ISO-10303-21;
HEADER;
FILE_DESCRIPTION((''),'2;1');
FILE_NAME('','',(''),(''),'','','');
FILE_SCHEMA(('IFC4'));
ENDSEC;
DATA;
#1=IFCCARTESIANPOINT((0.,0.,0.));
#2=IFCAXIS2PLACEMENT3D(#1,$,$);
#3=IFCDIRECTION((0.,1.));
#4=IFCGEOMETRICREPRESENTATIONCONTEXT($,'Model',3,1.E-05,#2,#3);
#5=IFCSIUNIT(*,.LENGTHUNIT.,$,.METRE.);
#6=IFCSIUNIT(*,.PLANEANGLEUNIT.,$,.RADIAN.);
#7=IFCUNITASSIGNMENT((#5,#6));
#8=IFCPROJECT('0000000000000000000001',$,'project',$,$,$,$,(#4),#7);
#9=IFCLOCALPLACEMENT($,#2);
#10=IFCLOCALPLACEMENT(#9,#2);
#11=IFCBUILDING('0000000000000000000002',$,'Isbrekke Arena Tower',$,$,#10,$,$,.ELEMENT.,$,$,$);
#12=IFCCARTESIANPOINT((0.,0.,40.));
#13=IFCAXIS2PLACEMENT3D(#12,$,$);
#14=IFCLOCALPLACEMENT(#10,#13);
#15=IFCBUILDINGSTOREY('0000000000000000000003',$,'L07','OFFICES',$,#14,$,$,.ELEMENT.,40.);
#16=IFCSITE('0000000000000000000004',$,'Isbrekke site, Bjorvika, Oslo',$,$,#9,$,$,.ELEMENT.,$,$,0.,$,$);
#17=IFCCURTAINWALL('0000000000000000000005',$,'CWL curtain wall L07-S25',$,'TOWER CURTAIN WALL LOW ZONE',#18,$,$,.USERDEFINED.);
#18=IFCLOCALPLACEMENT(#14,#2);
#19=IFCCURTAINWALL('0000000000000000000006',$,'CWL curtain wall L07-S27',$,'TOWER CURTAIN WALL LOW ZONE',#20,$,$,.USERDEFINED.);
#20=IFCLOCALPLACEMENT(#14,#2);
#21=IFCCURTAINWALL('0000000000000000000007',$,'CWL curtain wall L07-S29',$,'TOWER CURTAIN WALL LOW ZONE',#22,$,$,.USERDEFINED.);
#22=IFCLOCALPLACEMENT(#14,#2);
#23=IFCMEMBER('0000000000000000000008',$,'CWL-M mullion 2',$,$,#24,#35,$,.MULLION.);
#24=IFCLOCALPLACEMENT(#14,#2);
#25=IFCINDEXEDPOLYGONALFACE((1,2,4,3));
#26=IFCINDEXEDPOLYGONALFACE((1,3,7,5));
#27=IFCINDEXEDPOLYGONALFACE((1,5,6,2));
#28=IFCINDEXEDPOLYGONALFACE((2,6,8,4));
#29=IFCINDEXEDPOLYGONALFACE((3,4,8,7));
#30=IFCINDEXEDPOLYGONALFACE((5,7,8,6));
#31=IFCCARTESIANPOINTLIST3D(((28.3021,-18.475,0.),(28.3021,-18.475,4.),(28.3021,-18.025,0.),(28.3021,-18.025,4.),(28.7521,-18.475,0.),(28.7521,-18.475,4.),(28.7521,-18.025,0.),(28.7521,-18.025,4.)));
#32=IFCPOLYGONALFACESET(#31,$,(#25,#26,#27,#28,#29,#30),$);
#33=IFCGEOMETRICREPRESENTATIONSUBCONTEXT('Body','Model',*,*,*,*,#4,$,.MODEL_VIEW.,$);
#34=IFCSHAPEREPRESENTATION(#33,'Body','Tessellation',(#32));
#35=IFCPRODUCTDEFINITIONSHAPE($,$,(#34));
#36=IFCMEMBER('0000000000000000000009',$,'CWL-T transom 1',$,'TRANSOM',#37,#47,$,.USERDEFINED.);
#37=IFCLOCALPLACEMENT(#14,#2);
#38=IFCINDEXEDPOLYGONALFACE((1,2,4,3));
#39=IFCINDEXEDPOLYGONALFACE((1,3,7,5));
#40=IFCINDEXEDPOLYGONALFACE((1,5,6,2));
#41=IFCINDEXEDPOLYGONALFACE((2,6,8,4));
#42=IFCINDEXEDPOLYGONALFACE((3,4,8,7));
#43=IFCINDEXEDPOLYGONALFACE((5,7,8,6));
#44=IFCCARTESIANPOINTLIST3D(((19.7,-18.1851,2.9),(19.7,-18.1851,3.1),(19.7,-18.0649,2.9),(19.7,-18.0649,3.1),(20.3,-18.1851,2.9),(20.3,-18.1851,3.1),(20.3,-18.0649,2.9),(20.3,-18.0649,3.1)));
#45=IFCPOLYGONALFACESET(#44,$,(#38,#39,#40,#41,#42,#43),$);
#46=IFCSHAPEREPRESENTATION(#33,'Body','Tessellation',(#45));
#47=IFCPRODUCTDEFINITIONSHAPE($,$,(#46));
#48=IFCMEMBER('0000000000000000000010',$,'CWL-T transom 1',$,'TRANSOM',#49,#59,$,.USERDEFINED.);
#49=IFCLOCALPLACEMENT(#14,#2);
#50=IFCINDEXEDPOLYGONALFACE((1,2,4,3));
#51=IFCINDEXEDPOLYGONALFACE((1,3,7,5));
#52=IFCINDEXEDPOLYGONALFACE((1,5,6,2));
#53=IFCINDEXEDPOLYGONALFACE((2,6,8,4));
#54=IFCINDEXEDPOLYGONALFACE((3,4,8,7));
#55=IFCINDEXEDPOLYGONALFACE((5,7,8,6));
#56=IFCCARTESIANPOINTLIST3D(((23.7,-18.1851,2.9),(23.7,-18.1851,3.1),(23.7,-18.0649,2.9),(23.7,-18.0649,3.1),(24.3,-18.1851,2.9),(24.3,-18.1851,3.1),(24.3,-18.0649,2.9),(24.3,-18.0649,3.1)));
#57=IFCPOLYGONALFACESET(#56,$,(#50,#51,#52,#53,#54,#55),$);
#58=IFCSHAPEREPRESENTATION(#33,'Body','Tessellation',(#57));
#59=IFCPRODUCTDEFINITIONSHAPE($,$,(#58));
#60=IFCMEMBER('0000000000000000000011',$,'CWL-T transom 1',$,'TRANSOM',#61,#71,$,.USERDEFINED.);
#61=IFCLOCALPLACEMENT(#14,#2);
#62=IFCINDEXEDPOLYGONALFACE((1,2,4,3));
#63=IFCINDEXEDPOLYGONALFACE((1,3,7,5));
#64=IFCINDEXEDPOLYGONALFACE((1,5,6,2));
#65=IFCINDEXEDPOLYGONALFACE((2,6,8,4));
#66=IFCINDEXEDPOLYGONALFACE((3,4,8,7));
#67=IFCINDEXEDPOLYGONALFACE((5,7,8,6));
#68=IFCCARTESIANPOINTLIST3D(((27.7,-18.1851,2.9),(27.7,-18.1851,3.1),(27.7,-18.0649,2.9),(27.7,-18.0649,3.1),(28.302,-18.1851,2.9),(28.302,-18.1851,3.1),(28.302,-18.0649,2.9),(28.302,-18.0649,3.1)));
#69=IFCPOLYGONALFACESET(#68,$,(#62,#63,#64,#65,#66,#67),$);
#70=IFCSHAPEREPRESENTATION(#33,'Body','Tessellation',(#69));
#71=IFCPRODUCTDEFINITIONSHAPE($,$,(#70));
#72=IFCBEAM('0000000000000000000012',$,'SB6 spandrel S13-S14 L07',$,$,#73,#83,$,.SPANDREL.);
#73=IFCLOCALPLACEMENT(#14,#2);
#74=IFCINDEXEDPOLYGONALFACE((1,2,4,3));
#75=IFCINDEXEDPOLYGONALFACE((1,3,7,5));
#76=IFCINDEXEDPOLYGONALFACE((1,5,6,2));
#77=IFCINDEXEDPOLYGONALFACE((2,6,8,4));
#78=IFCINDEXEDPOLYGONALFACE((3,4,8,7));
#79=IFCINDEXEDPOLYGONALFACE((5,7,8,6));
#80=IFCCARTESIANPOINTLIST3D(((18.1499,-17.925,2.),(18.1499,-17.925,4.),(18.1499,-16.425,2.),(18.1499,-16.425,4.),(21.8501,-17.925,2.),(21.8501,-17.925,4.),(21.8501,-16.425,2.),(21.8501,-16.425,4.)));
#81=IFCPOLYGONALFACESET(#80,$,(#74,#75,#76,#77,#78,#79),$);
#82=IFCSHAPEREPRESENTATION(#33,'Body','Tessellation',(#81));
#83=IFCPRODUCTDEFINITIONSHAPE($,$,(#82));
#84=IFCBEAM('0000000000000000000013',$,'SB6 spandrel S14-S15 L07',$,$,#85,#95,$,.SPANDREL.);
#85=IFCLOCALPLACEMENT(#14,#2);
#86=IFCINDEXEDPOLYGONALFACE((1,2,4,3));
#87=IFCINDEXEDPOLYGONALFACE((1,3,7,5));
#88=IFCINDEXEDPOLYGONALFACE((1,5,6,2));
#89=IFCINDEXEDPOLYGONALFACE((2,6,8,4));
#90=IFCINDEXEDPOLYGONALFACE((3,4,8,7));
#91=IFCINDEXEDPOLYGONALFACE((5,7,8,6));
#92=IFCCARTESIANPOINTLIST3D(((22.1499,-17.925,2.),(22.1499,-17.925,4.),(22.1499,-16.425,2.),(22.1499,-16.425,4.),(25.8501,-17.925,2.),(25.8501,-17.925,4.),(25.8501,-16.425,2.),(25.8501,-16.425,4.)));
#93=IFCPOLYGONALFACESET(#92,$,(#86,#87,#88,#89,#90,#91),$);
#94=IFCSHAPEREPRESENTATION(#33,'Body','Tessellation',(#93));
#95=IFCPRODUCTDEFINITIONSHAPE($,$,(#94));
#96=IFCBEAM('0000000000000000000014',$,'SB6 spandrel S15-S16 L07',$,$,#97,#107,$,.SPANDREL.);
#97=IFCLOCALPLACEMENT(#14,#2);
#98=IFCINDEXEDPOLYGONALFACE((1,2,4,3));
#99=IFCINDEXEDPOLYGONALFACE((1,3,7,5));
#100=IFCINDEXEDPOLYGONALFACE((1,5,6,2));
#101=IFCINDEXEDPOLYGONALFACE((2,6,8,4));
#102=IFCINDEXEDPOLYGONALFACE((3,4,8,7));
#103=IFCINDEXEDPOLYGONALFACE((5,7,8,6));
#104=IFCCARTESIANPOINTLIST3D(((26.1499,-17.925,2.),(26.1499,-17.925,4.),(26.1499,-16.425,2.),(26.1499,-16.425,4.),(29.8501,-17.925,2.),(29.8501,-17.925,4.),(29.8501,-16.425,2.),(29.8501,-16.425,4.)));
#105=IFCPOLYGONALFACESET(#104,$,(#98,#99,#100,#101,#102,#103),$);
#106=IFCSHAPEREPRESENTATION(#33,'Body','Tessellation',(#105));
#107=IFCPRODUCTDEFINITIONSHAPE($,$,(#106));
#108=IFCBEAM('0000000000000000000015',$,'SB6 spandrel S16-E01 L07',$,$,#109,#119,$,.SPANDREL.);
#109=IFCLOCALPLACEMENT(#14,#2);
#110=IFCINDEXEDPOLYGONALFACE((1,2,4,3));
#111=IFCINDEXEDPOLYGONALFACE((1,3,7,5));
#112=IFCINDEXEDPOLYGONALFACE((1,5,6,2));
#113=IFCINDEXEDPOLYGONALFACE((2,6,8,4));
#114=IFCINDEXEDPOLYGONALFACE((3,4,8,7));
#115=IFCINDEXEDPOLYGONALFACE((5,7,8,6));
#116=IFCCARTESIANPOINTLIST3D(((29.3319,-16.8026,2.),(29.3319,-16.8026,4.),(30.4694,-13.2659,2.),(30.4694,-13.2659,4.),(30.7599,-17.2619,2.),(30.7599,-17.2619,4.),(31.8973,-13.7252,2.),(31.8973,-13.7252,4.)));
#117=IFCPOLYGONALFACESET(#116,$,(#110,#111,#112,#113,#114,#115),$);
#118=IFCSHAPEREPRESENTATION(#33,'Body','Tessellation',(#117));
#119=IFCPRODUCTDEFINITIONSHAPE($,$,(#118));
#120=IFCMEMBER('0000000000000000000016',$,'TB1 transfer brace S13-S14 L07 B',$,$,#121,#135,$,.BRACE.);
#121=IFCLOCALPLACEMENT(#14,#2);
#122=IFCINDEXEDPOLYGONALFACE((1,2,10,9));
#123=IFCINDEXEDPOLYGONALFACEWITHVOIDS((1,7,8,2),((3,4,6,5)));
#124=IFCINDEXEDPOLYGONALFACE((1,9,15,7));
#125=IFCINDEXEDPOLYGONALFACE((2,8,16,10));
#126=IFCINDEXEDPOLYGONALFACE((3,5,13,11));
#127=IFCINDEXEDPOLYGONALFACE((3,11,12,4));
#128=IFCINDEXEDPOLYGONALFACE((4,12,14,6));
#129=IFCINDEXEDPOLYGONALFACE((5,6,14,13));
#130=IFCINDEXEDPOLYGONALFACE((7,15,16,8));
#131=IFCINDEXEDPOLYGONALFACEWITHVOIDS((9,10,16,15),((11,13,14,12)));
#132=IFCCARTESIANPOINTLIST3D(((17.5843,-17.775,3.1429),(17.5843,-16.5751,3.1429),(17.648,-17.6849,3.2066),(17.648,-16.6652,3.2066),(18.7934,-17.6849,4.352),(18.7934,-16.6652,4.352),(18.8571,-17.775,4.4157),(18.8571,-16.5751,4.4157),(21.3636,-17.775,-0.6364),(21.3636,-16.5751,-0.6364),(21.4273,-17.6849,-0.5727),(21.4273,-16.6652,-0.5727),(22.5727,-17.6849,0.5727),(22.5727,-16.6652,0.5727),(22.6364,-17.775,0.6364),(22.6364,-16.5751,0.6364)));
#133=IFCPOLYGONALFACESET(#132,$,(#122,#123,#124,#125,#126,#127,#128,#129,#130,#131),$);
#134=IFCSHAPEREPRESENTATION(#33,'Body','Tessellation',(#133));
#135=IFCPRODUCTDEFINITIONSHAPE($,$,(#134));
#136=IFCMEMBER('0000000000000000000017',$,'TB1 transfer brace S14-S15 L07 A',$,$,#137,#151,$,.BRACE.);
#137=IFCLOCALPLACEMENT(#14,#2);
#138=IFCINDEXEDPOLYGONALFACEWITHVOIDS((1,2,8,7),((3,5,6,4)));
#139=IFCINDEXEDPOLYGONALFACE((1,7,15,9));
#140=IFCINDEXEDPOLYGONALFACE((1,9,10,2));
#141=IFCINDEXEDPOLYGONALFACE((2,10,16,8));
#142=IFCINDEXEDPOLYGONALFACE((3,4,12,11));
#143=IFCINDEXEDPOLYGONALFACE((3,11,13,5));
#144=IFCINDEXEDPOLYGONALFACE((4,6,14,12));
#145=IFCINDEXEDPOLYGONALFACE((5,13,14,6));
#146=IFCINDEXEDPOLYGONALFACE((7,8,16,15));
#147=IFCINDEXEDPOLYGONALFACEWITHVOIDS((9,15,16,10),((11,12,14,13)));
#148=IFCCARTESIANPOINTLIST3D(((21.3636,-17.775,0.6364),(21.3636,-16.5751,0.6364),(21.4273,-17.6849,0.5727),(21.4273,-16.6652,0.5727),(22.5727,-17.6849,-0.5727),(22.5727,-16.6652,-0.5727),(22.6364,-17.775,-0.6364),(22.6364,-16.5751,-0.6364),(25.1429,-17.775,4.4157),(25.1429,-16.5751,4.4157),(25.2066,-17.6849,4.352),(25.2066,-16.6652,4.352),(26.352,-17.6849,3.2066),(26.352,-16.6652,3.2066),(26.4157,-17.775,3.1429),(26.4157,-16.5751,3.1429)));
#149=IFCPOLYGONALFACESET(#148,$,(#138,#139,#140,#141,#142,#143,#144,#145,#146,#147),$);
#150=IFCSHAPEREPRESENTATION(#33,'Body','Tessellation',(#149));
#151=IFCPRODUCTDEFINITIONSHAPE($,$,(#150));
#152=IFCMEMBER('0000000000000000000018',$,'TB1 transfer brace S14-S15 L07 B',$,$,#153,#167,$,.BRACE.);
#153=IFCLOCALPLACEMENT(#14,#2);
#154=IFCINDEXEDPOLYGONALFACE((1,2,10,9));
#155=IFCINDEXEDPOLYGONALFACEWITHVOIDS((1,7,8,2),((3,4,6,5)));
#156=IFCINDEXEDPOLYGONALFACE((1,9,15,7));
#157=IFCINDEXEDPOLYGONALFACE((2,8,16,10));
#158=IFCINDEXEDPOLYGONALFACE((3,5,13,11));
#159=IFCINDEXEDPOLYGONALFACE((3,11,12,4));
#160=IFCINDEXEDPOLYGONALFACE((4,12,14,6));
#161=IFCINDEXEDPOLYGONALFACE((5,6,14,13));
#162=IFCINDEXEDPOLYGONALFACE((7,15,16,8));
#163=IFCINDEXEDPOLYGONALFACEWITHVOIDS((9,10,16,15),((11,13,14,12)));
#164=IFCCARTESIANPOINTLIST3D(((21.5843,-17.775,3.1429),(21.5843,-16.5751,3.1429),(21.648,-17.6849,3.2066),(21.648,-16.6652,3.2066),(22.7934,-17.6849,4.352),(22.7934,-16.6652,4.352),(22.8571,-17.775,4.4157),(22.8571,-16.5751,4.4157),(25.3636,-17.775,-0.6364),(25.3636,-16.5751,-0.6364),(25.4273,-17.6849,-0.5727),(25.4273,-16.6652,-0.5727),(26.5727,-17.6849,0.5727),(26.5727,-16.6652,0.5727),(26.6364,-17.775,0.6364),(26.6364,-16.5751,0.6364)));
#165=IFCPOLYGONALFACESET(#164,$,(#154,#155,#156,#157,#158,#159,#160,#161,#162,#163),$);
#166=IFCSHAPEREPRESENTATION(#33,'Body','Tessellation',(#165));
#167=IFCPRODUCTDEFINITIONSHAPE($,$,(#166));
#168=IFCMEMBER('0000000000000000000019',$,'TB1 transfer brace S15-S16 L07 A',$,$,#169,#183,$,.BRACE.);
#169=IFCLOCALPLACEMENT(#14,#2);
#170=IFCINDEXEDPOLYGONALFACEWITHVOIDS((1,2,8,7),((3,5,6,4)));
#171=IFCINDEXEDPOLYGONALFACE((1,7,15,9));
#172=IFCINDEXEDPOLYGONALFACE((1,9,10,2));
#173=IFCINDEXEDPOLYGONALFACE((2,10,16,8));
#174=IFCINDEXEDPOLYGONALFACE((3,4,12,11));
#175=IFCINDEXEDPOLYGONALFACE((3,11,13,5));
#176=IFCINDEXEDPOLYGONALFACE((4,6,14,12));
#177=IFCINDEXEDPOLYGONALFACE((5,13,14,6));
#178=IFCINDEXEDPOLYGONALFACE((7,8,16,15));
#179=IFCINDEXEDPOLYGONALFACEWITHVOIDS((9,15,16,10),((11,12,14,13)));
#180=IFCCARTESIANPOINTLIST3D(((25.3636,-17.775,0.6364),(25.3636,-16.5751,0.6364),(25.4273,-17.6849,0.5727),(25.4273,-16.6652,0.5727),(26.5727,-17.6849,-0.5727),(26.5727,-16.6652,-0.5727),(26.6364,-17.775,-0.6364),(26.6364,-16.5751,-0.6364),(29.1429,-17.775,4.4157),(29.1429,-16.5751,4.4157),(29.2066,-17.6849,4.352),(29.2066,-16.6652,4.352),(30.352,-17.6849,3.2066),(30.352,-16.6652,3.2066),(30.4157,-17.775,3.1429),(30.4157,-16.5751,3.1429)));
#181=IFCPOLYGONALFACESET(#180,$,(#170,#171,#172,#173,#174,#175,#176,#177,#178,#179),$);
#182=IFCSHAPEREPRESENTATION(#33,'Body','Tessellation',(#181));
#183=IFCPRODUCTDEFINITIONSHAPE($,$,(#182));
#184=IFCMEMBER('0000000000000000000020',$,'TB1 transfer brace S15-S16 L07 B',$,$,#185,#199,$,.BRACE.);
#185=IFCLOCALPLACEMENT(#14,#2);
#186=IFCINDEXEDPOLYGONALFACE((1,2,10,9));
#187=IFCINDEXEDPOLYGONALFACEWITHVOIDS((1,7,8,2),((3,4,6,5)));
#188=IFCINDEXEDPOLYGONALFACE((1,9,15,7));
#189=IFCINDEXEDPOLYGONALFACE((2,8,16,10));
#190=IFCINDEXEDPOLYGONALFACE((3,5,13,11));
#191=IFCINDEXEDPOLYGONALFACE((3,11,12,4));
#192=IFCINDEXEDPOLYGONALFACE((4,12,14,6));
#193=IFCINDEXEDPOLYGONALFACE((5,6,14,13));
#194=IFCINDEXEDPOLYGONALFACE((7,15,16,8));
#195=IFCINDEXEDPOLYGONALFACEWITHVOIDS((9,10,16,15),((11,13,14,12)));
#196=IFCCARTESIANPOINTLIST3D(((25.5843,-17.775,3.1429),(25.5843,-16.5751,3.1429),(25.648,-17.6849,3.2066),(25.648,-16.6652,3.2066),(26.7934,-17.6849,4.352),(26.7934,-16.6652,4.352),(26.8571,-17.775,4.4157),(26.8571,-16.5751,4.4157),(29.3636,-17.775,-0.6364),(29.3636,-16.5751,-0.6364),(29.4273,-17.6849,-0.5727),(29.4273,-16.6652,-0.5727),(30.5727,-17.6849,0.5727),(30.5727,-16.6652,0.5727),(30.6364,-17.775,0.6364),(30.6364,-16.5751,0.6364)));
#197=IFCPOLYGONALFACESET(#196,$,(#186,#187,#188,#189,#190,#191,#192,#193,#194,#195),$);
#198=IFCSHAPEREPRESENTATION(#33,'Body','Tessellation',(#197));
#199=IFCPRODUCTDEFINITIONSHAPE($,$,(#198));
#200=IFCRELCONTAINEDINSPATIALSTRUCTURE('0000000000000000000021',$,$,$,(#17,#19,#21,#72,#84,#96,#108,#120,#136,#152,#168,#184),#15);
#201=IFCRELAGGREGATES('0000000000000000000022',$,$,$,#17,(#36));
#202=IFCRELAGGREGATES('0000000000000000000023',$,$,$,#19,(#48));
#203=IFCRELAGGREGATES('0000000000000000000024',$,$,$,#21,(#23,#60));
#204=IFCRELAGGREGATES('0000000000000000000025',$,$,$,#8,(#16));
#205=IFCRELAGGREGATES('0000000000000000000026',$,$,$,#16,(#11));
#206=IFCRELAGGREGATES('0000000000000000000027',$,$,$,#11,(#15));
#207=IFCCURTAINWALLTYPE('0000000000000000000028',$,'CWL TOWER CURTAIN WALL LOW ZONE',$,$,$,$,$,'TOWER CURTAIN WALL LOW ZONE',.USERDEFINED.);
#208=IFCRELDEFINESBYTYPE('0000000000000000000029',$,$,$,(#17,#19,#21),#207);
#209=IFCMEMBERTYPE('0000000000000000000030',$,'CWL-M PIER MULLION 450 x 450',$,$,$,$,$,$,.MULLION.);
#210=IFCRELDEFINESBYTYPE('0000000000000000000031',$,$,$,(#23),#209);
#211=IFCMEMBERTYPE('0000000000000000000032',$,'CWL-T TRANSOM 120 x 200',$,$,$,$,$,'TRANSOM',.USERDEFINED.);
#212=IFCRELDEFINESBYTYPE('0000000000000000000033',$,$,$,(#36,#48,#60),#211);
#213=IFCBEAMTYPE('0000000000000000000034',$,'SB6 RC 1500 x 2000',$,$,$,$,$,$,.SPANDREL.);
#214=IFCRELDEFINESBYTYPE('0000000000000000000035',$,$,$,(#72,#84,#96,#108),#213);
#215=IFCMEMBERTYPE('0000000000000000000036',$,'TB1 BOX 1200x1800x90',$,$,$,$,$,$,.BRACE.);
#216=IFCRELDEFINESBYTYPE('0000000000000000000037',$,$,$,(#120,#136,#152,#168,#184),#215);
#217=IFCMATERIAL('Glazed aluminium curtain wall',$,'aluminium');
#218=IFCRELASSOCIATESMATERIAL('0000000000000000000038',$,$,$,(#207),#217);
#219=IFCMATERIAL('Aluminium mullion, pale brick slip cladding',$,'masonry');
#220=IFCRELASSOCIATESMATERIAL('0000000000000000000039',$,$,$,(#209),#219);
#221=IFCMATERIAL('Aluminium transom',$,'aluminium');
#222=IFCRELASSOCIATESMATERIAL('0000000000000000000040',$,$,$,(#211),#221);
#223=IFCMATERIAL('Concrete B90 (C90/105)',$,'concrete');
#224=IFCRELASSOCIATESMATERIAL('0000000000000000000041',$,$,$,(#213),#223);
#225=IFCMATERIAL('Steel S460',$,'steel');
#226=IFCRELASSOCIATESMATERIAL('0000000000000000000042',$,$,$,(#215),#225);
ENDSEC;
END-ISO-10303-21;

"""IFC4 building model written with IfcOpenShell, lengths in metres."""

from ifc_helpers import new_model, si_unit, direction, frame, origin, origin_2d, place, context, subcontext, project, spatial, rectangle, hollow_rectangle, extrude, material, material_profile, profile_set, type_object, element, aggregate, save


model = new_model("IFC4")

# Units and contexts
model_context = context("Model", 3, precision=1e-05, world=origin(), true_north=direction((0.0, 1.0)))
body_context = subcontext(model_context, "Body", "Model", "MODEL_VIEW")
ifc_project = project(units=[si_unit("LENGTHUNIT", "METRE"), si_unit("PLANEANGLEUNIT", "RADIAN")], contexts=[model_context])

# Site, building, storey
site_placement = place(None, origin())
site = spatial("IfcSite", under=ifc_project, at=site_placement, Name="Isbrekke site, Bjorvika, Oslo", CompositionType="ELEMENT", RefElevation=0.0)
building_placement = place(site_placement, origin())
building = spatial("IfcBuilding", under=site, at=building_placement, Name="Isbrekke Arena Tower", CompositionType="ELEMENT")
storey_placement = place(building_placement, frame((0.0, 0.0, 40.0)))
storey = spatial("IfcBuildingStorey", under=building, at=storey_placement, Name="L07", Description="OFFICES", CompositionType="ELEMENT", Elevation=40.0)

# Curtain walls, member
ifc_material_1 = material(Name="Glazed aluminium curtain wall", Category="aluminium")
curtain_wall_type = type_object("IfcCurtainWallType", Name="CWL TOWER CURTAIN WALL LOW ZONE", ElementType="TOWER CURTAIN WALL LOW ZONE", PredefinedType="USERDEFINED", material=ifc_material_1)
curtain_wall_1_placement = place(storey_placement, origin())
curtain_wall_1 = element("IfcCurtainWall", 1, at=curtain_wall_1_placement, inside=storey, type_object=curtain_wall_type, Name="CWL curtain wall L07-S25", ObjectType="TOWER CURTAIN WALL LOW ZONE", PredefinedType="USERDEFINED")
ifc_material_2 = material(Name="Aluminium mullion, pale brick slip cladding", Category="masonry")
ifc_material_profile_1 = material_profile(ifc_material_2, rectangle(XDim=0.45, YDim=0.45, at=origin_2d()), Name="PIER 450X450")
ifc_profile_set_1 = profile_set([ifc_material_profile_1], Name="Aluminium mullion, pale brick slip cladding")
member_type_1 = type_object("IfcMemberType", Name="CWL-M PIER MULLION 450 x 450", PredefinedType="MULLION", material=ifc_profile_set_1)
curtain_wall_2_placement = place(storey_placement, origin())
curtain_wall_2 = element("IfcCurtainWall", 2, at=curtain_wall_2_placement, inside=storey, type_object=curtain_wall_type, Name="CWL curtain wall L07-S27", ObjectType="TOWER CURTAIN WALL LOW ZONE", PredefinedType="USERDEFINED")
curtain_wall_3_placement = place(storey_placement, origin())
curtain_wall_3 = element("IfcCurtainWall", 3, at=curtain_wall_3_placement, inside=storey, type_object=curtain_wall_type, Name="CWL curtain wall L07-S29", ObjectType="TOWER CURTAIN WALL LOW ZONE", PredefinedType="USERDEFINED")
member_1_placement = place(storey_placement, frame((28.5271, -18.25, 0.0), z_axis=(0.0, 0.0, 1.0), x_axis=(1.0, 0.0, 0.0)))
member_1 = element("IfcMember", 4, at=member_1_placement, type_object=member_type_1, Name="CWL-M mullion 2", PredefinedType="MULLION", context=body_context, shape_type="SweptSolid", body=[
    extrude(rectangle(XDim=0.45, YDim=0.45, at=origin_2d()), origin(), (0.0, 0.0, 1.0), 4.0),
])

# Members
ifc_material_3 = material(Name="Aluminium transom", Category="aluminium")
ifc_material_profile_2 = material_profile(ifc_material_3, rectangle(XDim=0.1201, YDim=0.2, at=origin_2d()), Name="TRANSOM 120X200")
ifc_profile_set_2 = profile_set([ifc_material_profile_2], Name="Aluminium transom")
member_type_2 = type_object("IfcMemberType", Name="CWL-T TRANSOM 120 x 200", ElementType="TRANSOM", PredefinedType="USERDEFINED", material=ifc_profile_set_2)
member_2_placement = place(storey_placement, frame((19.7, -18.125, 3.0), z_axis=(1.0, 0.0, 0.0), x_axis=(0.0, 1.0, 0.0)))
member_2 = element("IfcMember", 5, at=member_2_placement, type_object=member_type_2, Name="CWL-T transom 1", ObjectType="TRANSOM", PredefinedType="USERDEFINED", context=body_context, shape_type="SweptSolid", body=[
    extrude(rectangle(XDim=0.1201, YDim=0.2, at=origin_2d()), origin(), (0.0, 0.0, 1.0), 0.6001),
])
member_3_placement = place(storey_placement, frame((23.7, -18.125, 3.0), z_axis=(1.0, 0.0, 0.0), x_axis=(0.0, 1.0, 0.0)))
member_3 = element("IfcMember", 6, at=member_3_placement, type_object=member_type_2, Name="CWL-T transom 1", ObjectType="TRANSOM", PredefinedType="USERDEFINED", context=body_context, shape_type="SweptSolid", body=[
    extrude(rectangle(XDim=0.1201, YDim=0.2, at=origin_2d()), origin(), (0.0, 0.0, 1.0), 0.6001),
])
member_4_placement = place(storey_placement, frame((27.7, -18.125, 3.0), z_axis=(1.0, 0.0, 0.0), x_axis=(0.0, 1.0, 0.0)))
member_4 = element("IfcMember", 7, at=member_4_placement, type_object=member_type_2, Name="CWL-T transom 1", ObjectType="TRANSOM", PredefinedType="USERDEFINED", context=body_context, shape_type="SweptSolid", body=[
    extrude(rectangle(XDim=0.1201, YDim=0.2, at=origin_2d()), origin(), (0.0, 0.0, 1.0), 0.6021),
])

# Beams
ifc_material_4 = material(Name="Concrete B90 (C90/105)", Category="concrete")
ifc_material_profile_3 = material_profile(ifc_material_4, rectangle(XDim=1.5, YDim=2.0, at=origin_2d()), Name="RC 1500x2000")
ifc_profile_set_3 = profile_set([ifc_material_profile_3], Name="Concrete B90 (C90/105)")
beam_type_1 = type_object("IfcBeamType", Name="SB6 RC 1500 x 2000", PredefinedType="SPANDREL", material=ifc_profile_set_3)
for number, where, z_axis, x_axis, name in (
    (8, (18.1499, -17.175, 3.0), (1.0, 0.0, 0.0), (0.0, 1.0, 0.0), "SB6 spandrel S13-S14 L07"),
    (9, (22.1499, -17.175, 3.0), (1.0, 0.0, 0.0), (0.0, 1.0, 0.0), "SB6 spandrel S14-S15 L07"),
    (10, (26.1499, -17.175, 3.0), (1.0, 0.0, 0.0), (0.0, 1.0, 0.0), "SB6 spandrel S15-S16 L07"),
):
    element("IfcBeam", number, at=place(storey_placement, frame(where, z_axis=z_axis, x_axis=x_axis)), inside=storey, type_object=beam_type_1, Name=name, PredefinedType="SPANDREL", context=body_context, shape_type="SweptSolid", body=[
        extrude(rectangle(XDim=1.5, YDim=2.0, at=origin_2d()), origin(), (0.0, 0.0, 1.0), 3.7002),
    ])
beam_placement = place(storey_placement, frame((30.0459, -17.0322, 3.0), z_axis=(0.306175, 0.951975, 0.0), x_axis=(-0.951975, 0.306175, 0.0)))
element("IfcBeam", 11, at=beam_placement, inside=storey, type_object=beam_type_1, Name="SB6 spandrel S16-E01 L07", PredefinedType="SPANDREL", context=body_context, shape_type="SweptSolid", body=[
    extrude(rectangle(XDim=1.5, YDim=2.0, at=origin_2d()), origin(), (0.0, 0.0, 1.0), 3.7151),
])

# Members
ifc_material_5 = material(Name="Steel S460", Category="steel")
ifc_material_profile_4 = material_profile(ifc_material_5, hollow_rectangle(XDim=1.2, YDim=1.8, WallThickness=0.0901, at=origin_2d()), Name="BOX 1200x1800x90")
ifc_profile_set_4 = profile_set([ifc_material_profile_4], Name="Steel S460")
member_type_3 = type_object("IfcMemberType", Name="TB1 BOX 1200x1800x90", PredefinedType="BRACE", material=ifc_profile_set_4)
for number, where, z_axis, x_axis, name in (
    (12, (18.2207, -17.175, 3.7793), (0.707107, 0.0, -0.707107), (0.0, 1.0, 0.0), "TB1 transfer brace S13-S14 L07 B"),
    (13, (22.0, -17.175, 0.0), (0.707107, 0.0, 0.707107), (0.0, 1.0, 0.0), "TB1 transfer brace S14-S15 L07 A"),
    (14, (22.2207, -17.175, 3.7793), (0.707107, 0.0, -0.707107), (0.0, 1.0, 0.0), "TB1 transfer brace S14-S15 L07 B"),
    (15, (26.0, -17.175, 0.0), (0.707107, 0.0, 0.707107), (0.0, 1.0, 0.0), "TB1 transfer brace S15-S16 L07 A"),
    (16, (26.2207, -17.175, 3.7793), (0.707107, 0.0, -0.707107), (0.0, 1.0, 0.0), "TB1 transfer brace S15-S16 L07 B"),
):
    element("IfcMember", number, at=place(storey_placement, frame(where, z_axis=z_axis, x_axis=x_axis)), inside=storey, type_object=member_type_3, Name=name, PredefinedType="BRACE", context=body_context, shape_type="SweptSolid", body=[
        extrude(hollow_rectangle(XDim=1.2, YDim=1.8, WallThickness=0.0901, at=origin_2d()), origin(), (0.0, 0.0, 1.0), 5.3447),
    ])

aggregate(curtain_wall_1, [member_2])
aggregate(curtain_wall_2, [member_3])
aggregate(curtain_wall_3, [member_1, member_4])

save(model, "model.ifc")
